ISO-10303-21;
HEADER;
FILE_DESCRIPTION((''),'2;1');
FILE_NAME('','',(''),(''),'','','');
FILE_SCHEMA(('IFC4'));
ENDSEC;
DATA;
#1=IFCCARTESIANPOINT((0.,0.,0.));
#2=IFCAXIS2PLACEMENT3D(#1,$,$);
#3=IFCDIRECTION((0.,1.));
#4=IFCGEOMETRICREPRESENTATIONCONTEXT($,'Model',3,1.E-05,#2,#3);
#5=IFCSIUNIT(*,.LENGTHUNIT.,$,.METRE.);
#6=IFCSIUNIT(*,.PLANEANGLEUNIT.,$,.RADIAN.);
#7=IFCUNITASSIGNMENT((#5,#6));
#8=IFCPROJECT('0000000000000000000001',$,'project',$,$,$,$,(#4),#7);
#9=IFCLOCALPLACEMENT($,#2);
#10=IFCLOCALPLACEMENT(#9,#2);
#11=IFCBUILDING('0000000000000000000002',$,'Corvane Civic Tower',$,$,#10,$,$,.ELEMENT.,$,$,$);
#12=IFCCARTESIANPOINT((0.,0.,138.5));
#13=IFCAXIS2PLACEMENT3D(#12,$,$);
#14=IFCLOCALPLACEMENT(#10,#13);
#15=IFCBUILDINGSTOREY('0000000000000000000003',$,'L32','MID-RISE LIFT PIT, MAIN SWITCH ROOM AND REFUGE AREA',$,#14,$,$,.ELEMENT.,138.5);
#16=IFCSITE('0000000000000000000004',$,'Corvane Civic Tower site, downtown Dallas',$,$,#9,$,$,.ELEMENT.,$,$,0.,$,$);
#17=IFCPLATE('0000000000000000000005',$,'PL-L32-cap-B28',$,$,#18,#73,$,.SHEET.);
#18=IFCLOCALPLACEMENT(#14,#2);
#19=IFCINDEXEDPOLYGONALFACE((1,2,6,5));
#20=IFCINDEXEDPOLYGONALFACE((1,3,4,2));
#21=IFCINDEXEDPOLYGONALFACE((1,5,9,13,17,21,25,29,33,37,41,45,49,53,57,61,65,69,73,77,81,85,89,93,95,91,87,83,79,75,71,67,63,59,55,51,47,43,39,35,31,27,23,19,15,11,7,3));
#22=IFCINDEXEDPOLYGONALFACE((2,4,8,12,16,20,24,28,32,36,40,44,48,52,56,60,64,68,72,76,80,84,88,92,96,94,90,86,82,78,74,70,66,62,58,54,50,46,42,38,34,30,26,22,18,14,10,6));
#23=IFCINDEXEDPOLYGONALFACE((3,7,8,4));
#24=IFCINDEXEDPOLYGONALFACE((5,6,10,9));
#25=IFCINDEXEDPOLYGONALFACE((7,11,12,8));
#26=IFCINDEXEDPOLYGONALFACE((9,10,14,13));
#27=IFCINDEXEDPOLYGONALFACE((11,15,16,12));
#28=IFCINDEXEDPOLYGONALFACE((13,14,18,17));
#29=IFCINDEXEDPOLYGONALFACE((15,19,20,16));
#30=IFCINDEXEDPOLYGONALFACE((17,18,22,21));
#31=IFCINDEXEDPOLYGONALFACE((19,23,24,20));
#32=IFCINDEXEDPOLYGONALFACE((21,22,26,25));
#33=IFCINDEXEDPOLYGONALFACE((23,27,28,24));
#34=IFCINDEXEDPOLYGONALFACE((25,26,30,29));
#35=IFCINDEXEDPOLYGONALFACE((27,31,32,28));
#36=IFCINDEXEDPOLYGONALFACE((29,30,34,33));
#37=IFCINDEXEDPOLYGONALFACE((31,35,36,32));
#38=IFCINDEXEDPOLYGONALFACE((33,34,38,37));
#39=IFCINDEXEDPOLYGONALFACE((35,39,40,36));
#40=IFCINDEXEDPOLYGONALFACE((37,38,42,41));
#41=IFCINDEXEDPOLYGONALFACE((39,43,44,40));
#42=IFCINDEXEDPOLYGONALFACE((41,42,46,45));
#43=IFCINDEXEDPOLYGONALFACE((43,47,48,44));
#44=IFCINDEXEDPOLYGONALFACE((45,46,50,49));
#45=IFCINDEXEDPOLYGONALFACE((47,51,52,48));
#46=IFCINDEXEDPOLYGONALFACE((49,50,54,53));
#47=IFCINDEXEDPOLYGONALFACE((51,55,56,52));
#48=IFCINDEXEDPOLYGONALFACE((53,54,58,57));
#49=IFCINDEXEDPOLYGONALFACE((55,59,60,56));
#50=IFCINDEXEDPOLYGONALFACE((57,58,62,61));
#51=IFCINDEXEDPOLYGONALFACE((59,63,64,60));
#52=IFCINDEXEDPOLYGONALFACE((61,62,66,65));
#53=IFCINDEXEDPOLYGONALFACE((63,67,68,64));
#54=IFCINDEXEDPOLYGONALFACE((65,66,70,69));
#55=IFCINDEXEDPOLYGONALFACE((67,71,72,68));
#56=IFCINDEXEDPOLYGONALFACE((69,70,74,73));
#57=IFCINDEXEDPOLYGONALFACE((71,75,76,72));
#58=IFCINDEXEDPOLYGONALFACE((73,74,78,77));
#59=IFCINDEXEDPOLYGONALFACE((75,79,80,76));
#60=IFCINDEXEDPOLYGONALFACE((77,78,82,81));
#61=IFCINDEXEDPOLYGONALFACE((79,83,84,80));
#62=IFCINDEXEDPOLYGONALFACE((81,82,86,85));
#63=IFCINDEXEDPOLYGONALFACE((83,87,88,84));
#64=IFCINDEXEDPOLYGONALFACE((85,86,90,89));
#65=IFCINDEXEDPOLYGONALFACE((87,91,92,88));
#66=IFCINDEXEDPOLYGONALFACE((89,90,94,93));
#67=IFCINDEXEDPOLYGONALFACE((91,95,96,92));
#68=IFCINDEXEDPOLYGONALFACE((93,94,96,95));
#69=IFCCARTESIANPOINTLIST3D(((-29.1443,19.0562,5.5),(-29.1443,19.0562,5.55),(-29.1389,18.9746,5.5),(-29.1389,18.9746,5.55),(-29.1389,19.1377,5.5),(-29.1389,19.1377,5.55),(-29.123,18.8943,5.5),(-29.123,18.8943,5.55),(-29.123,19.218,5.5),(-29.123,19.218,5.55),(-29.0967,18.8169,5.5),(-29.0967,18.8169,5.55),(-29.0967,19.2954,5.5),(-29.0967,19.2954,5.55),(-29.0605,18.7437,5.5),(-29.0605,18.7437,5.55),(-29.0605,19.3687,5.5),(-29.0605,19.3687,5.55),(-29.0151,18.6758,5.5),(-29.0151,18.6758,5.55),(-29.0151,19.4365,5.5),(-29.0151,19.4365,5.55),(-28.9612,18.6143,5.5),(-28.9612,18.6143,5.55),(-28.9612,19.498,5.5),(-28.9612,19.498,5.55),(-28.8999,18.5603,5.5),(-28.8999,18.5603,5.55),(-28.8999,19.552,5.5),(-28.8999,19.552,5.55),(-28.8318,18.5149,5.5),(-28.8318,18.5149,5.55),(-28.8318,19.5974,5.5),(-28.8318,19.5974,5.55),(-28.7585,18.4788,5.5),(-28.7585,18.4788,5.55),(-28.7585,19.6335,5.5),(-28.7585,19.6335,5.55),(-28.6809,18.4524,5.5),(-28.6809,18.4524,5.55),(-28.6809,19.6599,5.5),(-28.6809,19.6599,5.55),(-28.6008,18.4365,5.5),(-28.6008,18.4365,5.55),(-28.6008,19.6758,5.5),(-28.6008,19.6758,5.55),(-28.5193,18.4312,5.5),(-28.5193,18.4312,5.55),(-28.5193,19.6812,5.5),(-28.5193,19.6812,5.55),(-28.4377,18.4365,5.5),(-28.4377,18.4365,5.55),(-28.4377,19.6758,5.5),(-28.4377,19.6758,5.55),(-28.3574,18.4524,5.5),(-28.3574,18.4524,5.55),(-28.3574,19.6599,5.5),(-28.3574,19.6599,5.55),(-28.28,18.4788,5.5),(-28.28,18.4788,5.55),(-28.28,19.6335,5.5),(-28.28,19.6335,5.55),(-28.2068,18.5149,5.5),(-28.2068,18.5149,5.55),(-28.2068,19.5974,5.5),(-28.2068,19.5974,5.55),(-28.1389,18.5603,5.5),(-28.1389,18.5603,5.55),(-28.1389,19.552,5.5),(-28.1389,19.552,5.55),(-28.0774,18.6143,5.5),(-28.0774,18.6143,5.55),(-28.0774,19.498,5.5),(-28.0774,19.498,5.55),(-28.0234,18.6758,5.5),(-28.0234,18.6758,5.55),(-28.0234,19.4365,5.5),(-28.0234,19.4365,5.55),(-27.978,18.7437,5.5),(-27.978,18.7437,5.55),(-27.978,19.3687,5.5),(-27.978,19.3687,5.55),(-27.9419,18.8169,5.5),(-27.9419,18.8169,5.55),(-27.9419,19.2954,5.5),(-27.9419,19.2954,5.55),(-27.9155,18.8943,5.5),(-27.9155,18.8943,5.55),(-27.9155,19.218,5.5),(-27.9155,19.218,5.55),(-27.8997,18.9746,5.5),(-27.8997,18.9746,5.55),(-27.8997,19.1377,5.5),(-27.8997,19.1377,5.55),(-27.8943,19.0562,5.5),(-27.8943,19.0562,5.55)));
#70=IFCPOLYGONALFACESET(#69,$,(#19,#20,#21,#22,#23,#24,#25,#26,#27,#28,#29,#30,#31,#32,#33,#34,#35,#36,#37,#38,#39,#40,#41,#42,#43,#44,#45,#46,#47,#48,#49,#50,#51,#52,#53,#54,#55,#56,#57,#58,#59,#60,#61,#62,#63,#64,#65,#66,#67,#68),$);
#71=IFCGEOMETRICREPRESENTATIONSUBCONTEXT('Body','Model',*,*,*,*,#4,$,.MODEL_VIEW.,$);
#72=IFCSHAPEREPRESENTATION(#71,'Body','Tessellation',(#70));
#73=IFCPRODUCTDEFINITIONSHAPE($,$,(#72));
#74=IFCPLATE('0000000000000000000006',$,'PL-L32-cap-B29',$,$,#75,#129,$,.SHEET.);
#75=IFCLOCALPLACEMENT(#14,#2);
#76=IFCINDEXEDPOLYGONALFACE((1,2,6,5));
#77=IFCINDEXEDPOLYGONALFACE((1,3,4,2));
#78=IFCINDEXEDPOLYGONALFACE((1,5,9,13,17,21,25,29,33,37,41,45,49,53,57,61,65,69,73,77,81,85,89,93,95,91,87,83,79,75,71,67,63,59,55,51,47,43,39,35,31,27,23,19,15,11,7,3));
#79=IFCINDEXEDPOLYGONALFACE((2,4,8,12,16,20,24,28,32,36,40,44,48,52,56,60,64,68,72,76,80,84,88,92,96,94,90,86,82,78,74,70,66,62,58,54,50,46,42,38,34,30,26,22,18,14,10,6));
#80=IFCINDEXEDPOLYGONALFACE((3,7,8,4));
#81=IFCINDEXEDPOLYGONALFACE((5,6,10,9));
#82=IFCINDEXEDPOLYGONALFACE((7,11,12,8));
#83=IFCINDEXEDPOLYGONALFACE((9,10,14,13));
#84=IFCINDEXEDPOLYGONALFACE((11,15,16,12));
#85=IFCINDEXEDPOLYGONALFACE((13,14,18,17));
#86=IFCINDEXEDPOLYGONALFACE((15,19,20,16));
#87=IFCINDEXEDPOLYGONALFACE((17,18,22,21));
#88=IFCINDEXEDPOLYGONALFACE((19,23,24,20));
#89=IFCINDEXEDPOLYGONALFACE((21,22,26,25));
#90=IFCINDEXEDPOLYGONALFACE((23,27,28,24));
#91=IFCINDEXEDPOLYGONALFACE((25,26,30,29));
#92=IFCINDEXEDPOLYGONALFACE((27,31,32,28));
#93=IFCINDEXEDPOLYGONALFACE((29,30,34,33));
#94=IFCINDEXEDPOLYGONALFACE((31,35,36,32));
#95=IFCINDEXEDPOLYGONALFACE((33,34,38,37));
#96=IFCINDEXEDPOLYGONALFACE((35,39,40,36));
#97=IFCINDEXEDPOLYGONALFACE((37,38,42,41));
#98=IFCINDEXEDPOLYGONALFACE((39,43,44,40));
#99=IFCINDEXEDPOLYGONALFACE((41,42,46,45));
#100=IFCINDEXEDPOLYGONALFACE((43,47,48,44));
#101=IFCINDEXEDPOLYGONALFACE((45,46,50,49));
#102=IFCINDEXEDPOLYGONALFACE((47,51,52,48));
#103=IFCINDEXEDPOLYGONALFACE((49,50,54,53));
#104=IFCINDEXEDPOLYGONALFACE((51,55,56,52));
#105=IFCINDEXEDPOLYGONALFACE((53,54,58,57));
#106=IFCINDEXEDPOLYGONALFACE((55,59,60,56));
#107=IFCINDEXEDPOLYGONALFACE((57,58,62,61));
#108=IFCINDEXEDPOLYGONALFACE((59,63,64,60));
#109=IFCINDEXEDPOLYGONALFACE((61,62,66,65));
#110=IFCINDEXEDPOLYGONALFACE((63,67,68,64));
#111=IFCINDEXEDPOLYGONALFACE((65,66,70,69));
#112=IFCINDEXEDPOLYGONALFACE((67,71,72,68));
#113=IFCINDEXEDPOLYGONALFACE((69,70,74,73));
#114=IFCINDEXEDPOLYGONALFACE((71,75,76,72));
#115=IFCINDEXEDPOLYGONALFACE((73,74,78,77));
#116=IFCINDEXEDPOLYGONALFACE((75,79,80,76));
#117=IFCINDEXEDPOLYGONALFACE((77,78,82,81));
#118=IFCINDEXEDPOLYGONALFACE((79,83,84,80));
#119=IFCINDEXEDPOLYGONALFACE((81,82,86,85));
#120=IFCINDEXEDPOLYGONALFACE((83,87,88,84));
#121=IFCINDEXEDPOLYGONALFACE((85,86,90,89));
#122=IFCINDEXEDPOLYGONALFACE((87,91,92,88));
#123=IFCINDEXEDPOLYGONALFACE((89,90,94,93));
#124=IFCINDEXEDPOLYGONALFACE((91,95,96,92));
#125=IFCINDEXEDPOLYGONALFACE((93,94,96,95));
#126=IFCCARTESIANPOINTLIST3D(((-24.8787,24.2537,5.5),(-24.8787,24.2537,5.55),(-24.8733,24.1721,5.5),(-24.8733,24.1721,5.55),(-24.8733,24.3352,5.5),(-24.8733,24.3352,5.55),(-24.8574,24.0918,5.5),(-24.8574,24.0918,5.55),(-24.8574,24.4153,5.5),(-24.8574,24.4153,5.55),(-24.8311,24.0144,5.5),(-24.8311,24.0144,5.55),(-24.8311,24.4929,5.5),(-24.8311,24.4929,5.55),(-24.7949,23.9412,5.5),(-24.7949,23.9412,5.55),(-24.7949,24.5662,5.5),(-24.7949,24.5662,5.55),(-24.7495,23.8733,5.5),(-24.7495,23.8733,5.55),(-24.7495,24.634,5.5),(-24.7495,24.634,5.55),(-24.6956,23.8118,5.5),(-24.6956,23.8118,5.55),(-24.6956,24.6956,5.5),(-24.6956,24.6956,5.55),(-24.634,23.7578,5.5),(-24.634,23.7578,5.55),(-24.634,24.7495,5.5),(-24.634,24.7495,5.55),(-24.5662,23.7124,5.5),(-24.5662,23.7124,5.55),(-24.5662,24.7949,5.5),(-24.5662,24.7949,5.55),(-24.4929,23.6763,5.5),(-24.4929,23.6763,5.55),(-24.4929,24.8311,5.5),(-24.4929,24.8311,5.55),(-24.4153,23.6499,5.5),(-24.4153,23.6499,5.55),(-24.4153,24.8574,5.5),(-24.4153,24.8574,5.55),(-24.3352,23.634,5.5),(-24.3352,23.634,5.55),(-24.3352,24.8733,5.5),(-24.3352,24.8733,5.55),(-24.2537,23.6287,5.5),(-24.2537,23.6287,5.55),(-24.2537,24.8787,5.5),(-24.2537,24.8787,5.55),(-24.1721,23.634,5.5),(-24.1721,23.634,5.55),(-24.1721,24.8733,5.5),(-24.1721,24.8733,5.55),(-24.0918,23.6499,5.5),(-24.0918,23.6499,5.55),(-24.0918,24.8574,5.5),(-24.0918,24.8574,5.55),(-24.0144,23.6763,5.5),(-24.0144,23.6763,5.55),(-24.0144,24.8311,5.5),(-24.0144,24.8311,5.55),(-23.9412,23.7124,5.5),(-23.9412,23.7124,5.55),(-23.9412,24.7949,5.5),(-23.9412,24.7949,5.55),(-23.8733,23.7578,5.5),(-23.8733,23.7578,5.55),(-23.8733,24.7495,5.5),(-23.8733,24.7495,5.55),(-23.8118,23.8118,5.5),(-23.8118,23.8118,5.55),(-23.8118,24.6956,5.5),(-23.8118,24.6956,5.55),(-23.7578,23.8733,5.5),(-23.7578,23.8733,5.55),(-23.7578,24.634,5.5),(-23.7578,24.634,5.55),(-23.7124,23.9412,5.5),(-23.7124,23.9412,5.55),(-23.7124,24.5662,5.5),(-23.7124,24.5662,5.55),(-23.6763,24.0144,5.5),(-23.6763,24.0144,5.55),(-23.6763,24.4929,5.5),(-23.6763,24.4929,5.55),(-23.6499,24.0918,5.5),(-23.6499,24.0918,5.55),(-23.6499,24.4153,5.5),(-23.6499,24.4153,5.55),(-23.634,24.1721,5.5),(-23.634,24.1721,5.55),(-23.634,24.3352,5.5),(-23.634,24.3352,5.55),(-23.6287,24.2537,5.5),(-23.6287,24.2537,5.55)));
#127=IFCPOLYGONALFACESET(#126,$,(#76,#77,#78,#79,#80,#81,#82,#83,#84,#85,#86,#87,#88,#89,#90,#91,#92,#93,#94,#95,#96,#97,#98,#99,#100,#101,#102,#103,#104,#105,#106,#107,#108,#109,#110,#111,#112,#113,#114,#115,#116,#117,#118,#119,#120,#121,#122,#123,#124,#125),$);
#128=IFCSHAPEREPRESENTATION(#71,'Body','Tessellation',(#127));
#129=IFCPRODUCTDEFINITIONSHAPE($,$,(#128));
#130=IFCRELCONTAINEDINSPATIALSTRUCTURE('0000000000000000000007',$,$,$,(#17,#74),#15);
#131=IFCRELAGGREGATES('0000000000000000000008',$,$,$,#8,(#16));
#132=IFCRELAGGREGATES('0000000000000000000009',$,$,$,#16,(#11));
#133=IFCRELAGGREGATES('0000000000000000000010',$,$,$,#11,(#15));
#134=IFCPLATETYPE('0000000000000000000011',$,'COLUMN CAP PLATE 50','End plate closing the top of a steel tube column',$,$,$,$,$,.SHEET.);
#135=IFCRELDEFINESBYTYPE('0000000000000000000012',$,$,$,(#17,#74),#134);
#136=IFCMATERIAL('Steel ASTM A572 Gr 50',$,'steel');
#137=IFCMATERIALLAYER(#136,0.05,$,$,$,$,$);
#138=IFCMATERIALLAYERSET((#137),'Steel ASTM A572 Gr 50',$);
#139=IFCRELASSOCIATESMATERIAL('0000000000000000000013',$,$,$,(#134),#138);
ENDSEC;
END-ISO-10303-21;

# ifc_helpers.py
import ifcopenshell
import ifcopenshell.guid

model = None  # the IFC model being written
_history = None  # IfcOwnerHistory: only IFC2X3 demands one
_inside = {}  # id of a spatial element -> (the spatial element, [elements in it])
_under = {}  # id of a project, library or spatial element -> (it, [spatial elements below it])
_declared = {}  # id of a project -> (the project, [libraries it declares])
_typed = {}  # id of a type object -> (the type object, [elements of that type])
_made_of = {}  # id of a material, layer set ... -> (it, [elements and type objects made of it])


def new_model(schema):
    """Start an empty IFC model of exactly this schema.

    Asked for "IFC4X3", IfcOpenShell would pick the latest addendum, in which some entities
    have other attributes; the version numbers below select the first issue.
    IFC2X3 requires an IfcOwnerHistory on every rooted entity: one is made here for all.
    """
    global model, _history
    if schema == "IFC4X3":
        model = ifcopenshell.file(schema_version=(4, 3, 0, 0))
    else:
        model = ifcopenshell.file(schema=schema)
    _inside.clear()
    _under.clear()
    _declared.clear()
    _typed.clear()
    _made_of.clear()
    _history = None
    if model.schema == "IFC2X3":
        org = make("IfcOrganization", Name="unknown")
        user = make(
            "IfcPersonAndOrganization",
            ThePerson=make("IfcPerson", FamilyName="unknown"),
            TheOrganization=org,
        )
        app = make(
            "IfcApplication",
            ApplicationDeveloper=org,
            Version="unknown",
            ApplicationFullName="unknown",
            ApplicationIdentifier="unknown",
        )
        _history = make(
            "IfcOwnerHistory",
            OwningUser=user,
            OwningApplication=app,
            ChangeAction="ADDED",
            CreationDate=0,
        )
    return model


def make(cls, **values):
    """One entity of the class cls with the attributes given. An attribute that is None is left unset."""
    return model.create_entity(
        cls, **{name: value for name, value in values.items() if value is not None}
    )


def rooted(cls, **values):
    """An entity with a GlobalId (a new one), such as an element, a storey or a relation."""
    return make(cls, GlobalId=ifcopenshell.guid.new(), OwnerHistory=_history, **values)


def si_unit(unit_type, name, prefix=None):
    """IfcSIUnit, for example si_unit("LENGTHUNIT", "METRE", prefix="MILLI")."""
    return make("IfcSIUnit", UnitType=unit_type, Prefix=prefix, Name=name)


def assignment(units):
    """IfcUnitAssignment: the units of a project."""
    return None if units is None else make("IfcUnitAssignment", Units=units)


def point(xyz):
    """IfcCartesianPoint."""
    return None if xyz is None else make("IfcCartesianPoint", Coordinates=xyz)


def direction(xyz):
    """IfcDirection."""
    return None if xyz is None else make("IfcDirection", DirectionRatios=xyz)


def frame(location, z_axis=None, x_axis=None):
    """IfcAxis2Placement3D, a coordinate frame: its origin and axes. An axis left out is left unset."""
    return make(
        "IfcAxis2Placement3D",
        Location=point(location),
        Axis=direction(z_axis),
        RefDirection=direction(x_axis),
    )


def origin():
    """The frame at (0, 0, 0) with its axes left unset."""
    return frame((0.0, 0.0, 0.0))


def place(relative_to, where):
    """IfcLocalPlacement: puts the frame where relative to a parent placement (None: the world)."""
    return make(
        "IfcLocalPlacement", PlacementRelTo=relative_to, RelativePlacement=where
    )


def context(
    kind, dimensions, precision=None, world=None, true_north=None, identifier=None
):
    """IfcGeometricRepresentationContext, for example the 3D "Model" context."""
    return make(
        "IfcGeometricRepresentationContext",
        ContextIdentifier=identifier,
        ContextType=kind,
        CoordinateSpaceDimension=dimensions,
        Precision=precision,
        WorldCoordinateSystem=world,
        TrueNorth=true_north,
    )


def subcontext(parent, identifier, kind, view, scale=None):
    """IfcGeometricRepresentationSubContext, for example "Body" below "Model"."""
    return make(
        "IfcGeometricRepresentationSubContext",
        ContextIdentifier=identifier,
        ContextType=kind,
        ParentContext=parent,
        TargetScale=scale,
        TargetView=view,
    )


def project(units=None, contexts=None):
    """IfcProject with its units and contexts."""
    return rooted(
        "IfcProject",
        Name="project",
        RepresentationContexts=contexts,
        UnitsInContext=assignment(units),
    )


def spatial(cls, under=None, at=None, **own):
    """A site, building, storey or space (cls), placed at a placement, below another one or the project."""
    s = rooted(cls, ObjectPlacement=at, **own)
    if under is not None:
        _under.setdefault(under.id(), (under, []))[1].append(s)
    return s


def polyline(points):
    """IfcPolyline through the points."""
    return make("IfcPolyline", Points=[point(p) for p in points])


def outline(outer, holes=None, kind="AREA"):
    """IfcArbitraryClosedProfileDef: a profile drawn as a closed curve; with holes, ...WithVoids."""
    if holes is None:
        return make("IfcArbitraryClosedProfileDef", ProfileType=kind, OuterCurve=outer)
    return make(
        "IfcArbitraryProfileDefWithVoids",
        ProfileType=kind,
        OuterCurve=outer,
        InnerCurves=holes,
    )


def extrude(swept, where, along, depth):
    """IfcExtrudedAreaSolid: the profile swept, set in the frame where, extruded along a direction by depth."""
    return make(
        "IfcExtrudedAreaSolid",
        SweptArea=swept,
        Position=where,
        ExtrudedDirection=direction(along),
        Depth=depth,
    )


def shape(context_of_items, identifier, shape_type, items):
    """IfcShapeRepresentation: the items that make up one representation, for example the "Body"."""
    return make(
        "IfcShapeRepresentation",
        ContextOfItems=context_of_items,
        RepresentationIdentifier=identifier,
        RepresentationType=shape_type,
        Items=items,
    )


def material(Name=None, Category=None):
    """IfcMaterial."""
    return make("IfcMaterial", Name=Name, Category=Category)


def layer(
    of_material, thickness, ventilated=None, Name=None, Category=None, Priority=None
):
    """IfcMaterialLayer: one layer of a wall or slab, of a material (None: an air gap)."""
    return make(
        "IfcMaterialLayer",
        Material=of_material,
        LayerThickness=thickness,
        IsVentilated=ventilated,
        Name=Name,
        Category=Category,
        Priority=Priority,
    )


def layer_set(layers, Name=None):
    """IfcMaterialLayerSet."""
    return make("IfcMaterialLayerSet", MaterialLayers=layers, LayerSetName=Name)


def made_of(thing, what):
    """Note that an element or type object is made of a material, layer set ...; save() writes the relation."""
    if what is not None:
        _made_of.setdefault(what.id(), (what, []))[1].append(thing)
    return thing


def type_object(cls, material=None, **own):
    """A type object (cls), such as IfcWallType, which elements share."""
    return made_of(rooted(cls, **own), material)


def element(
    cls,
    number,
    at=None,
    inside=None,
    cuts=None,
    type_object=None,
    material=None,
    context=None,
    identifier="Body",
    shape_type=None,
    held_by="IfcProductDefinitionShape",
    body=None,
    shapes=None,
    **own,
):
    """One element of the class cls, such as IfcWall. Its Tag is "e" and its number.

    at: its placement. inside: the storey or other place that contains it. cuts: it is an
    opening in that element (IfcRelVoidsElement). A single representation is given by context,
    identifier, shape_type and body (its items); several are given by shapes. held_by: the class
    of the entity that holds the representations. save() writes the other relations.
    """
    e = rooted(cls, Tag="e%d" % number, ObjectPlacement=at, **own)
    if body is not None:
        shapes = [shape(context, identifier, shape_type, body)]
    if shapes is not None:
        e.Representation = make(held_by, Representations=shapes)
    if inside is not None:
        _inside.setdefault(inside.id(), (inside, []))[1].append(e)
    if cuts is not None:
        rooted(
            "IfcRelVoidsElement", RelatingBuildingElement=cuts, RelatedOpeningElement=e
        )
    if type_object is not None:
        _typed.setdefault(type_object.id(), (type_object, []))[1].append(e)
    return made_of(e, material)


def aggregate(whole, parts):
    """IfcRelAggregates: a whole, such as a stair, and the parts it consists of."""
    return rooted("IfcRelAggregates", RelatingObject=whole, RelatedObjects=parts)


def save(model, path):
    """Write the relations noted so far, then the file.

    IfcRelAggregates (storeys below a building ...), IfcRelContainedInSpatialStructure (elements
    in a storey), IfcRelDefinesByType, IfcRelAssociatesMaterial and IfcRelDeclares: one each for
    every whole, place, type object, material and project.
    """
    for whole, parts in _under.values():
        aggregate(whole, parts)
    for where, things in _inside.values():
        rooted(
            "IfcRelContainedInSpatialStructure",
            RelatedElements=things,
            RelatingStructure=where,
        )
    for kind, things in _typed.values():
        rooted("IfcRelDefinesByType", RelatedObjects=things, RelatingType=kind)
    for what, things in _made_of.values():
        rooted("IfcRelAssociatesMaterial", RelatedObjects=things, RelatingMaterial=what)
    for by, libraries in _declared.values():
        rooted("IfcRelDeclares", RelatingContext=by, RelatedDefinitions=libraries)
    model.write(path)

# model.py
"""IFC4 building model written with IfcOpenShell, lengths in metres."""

from ifc_helpers import new_model, si_unit, direction, frame, origin, place, context, subcontext, project, spatial, polyline, outline, extrude, material, layer, layer_set, type_object, element, save


model = new_model("IFC4")

# Units and contexts
model_context = context("Model", 3, precision=1e-05, world=origin(), true_north=direction((0.0, 1.0)))
body_context = subcontext(model_context, "Body", "Model", "MODEL_VIEW")
ifc_project = project(units=[si_unit("LENGTHUNIT", "METRE"), si_unit("PLANEANGLEUNIT", "RADIAN")], contexts=[model_context])

# Site, building, storey
site_placement = place(None, origin())
site = spatial("IfcSite", under=ifc_project, at=site_placement, Name="Corvane Civic Tower site, downtown Dallas", CompositionType="ELEMENT", RefElevation=0.0)
building_placement = place(site_placement, origin())
building = spatial("IfcBuilding", under=site, at=building_placement, Name="Corvane Civic Tower", CompositionType="ELEMENT")
storey_placement = place(building_placement, frame((0.0, 0.0, 138.5)))
storey = spatial("IfcBuildingStorey", under=building, at=storey_placement, Name="L32", Description="MID-RISE LIFT PIT, MAIN SWITCH ROOM AND REFUGE AREA", CompositionType="ELEMENT", Elevation=138.5)

# Plates
ifc_material_1 = material(Name="Steel ASTM A572 Gr 50", Category="steel")
ifc_layer_1 = layer(ifc_material_1, 0.05)
ifc_layer_set_1 = layer_set([ifc_layer_1], Name="Steel ASTM A572 Gr 50")
plate_type = type_object("IfcPlateType", Name="COLUMN CAP PLATE 50", Description="End plate closing the top of a steel tube column", PredefinedType="SHEET", material=ifc_layer_set_1)
plate_1_placement = place(storey_placement, frame((0.0, 0.0, 5.5)))
element("IfcPlate", 1, at=plate_1_placement, inside=storey, type_object=plate_type, Name="PL-L32-cap-B28", PredefinedType="SHEET", context=body_context, shape_type="SweptSolid", body=[
    extrude(outline(polyline([(-27.8943, 19.0562), (-27.8997, 19.1377), (-27.9155, 19.218), (-27.9419, 19.2954), (-27.978, 19.3687), (-28.0234, 19.4365), (-28.0774, 19.498), (-28.1389, 19.552), (-28.2068, 19.5974), (-28.28, 19.6335), (-28.3574, 19.6599), (-28.4377, 19.6758), (-28.5193, 19.6812), (-28.6008, 19.6758), (-28.6809, 19.6599), (-28.7585, 19.6335), (-28.8318, 19.5974), (-28.8999, 19.552), (-28.9612, 19.498), (-29.0151, 19.4365), (-29.0605, 19.3687), (-29.0967, 19.2954), (-29.123, 19.218), (-29.1389, 19.1377), (-29.1443, 19.0562), (-29.1389, 18.9746), (-29.123, 18.8943), (-29.0967, 18.8169), (-29.0605, 18.7437), (-29.0151, 18.6758), (-28.9612, 18.6143), (-28.8999, 18.5603), (-28.8318, 18.5149), (-28.7585, 18.4788), (-28.6809, 18.4524), (-28.6008, 18.4365), (-28.5193, 18.4312), (-28.4377, 18.4365), (-28.3574, 18.4524), (-28.28, 18.4788), (-28.2068, 18.5149), (-28.1389, 18.5603), (-28.0774, 18.6143), (-28.0234, 18.6758), (-27.978, 18.7437), (-27.9419, 18.8169), (-27.9155, 18.8943), (-27.8997, 18.9746), (-27.8943, 19.0562)])), origin(), (0.0, 0.0, 1.0), 0.05),
])
plate_2_placement = place(storey_placement, frame((0.0, 0.0, 5.5)))
element("IfcPlate", 2, at=plate_2_placement, inside=storey, type_object=plate_type, Name="PL-L32-cap-B29", PredefinedType="SHEET", context=body_context, shape_type="SweptSolid", body=[
    extrude(outline(polyline([(-23.6287, 24.2537), (-23.634, 24.3352), (-23.6499, 24.4153), (-23.6763, 24.4929), (-23.7124, 24.5662), (-23.7578, 24.634), (-23.8118, 24.6956), (-23.8733, 24.7495), (-23.9412, 24.7949), (-24.0144, 24.8311), (-24.0918, 24.8574), (-24.1721, 24.8733), (-24.2537, 24.8787), (-24.3352, 24.8733), (-24.4153, 24.8574), (-24.4929, 24.8311), (-24.5662, 24.7949), (-24.634, 24.7495), (-24.6956, 24.6956), (-24.7495, 24.634), (-24.7949, 24.5662), (-24.8311, 24.4929), (-24.8574, 24.4153), (-24.8733, 24.3352), (-24.8787, 24.2537), (-24.8733, 24.1721), (-24.8574, 24.0918), (-24.8311, 24.0144), (-24.7949, 23.9412), (-24.7495, 23.8733), (-24.6956, 23.8118), (-24.634, 23.7578), (-24.5662, 23.7124), (-24.4929, 23.6763), (-24.4153, 23.6499), (-24.3352, 23.634), (-24.2537, 23.6287), (-24.1721, 23.634), (-24.0918, 23.6499), (-24.0144, 23.6763), (-23.9412, 23.7124), (-23.8733, 23.7578), (-23.8118, 23.8118), (-23.7578, 23.8733), (-23.7124, 23.9412), (-23.6763, 24.0144), (-23.6499, 24.0918), (-23.634, 24.1721), (-23.6287, 24.2537)])), origin(), (0.0, 0.0, 1.0), 0.05),
])

save(model, "model.ifc")
